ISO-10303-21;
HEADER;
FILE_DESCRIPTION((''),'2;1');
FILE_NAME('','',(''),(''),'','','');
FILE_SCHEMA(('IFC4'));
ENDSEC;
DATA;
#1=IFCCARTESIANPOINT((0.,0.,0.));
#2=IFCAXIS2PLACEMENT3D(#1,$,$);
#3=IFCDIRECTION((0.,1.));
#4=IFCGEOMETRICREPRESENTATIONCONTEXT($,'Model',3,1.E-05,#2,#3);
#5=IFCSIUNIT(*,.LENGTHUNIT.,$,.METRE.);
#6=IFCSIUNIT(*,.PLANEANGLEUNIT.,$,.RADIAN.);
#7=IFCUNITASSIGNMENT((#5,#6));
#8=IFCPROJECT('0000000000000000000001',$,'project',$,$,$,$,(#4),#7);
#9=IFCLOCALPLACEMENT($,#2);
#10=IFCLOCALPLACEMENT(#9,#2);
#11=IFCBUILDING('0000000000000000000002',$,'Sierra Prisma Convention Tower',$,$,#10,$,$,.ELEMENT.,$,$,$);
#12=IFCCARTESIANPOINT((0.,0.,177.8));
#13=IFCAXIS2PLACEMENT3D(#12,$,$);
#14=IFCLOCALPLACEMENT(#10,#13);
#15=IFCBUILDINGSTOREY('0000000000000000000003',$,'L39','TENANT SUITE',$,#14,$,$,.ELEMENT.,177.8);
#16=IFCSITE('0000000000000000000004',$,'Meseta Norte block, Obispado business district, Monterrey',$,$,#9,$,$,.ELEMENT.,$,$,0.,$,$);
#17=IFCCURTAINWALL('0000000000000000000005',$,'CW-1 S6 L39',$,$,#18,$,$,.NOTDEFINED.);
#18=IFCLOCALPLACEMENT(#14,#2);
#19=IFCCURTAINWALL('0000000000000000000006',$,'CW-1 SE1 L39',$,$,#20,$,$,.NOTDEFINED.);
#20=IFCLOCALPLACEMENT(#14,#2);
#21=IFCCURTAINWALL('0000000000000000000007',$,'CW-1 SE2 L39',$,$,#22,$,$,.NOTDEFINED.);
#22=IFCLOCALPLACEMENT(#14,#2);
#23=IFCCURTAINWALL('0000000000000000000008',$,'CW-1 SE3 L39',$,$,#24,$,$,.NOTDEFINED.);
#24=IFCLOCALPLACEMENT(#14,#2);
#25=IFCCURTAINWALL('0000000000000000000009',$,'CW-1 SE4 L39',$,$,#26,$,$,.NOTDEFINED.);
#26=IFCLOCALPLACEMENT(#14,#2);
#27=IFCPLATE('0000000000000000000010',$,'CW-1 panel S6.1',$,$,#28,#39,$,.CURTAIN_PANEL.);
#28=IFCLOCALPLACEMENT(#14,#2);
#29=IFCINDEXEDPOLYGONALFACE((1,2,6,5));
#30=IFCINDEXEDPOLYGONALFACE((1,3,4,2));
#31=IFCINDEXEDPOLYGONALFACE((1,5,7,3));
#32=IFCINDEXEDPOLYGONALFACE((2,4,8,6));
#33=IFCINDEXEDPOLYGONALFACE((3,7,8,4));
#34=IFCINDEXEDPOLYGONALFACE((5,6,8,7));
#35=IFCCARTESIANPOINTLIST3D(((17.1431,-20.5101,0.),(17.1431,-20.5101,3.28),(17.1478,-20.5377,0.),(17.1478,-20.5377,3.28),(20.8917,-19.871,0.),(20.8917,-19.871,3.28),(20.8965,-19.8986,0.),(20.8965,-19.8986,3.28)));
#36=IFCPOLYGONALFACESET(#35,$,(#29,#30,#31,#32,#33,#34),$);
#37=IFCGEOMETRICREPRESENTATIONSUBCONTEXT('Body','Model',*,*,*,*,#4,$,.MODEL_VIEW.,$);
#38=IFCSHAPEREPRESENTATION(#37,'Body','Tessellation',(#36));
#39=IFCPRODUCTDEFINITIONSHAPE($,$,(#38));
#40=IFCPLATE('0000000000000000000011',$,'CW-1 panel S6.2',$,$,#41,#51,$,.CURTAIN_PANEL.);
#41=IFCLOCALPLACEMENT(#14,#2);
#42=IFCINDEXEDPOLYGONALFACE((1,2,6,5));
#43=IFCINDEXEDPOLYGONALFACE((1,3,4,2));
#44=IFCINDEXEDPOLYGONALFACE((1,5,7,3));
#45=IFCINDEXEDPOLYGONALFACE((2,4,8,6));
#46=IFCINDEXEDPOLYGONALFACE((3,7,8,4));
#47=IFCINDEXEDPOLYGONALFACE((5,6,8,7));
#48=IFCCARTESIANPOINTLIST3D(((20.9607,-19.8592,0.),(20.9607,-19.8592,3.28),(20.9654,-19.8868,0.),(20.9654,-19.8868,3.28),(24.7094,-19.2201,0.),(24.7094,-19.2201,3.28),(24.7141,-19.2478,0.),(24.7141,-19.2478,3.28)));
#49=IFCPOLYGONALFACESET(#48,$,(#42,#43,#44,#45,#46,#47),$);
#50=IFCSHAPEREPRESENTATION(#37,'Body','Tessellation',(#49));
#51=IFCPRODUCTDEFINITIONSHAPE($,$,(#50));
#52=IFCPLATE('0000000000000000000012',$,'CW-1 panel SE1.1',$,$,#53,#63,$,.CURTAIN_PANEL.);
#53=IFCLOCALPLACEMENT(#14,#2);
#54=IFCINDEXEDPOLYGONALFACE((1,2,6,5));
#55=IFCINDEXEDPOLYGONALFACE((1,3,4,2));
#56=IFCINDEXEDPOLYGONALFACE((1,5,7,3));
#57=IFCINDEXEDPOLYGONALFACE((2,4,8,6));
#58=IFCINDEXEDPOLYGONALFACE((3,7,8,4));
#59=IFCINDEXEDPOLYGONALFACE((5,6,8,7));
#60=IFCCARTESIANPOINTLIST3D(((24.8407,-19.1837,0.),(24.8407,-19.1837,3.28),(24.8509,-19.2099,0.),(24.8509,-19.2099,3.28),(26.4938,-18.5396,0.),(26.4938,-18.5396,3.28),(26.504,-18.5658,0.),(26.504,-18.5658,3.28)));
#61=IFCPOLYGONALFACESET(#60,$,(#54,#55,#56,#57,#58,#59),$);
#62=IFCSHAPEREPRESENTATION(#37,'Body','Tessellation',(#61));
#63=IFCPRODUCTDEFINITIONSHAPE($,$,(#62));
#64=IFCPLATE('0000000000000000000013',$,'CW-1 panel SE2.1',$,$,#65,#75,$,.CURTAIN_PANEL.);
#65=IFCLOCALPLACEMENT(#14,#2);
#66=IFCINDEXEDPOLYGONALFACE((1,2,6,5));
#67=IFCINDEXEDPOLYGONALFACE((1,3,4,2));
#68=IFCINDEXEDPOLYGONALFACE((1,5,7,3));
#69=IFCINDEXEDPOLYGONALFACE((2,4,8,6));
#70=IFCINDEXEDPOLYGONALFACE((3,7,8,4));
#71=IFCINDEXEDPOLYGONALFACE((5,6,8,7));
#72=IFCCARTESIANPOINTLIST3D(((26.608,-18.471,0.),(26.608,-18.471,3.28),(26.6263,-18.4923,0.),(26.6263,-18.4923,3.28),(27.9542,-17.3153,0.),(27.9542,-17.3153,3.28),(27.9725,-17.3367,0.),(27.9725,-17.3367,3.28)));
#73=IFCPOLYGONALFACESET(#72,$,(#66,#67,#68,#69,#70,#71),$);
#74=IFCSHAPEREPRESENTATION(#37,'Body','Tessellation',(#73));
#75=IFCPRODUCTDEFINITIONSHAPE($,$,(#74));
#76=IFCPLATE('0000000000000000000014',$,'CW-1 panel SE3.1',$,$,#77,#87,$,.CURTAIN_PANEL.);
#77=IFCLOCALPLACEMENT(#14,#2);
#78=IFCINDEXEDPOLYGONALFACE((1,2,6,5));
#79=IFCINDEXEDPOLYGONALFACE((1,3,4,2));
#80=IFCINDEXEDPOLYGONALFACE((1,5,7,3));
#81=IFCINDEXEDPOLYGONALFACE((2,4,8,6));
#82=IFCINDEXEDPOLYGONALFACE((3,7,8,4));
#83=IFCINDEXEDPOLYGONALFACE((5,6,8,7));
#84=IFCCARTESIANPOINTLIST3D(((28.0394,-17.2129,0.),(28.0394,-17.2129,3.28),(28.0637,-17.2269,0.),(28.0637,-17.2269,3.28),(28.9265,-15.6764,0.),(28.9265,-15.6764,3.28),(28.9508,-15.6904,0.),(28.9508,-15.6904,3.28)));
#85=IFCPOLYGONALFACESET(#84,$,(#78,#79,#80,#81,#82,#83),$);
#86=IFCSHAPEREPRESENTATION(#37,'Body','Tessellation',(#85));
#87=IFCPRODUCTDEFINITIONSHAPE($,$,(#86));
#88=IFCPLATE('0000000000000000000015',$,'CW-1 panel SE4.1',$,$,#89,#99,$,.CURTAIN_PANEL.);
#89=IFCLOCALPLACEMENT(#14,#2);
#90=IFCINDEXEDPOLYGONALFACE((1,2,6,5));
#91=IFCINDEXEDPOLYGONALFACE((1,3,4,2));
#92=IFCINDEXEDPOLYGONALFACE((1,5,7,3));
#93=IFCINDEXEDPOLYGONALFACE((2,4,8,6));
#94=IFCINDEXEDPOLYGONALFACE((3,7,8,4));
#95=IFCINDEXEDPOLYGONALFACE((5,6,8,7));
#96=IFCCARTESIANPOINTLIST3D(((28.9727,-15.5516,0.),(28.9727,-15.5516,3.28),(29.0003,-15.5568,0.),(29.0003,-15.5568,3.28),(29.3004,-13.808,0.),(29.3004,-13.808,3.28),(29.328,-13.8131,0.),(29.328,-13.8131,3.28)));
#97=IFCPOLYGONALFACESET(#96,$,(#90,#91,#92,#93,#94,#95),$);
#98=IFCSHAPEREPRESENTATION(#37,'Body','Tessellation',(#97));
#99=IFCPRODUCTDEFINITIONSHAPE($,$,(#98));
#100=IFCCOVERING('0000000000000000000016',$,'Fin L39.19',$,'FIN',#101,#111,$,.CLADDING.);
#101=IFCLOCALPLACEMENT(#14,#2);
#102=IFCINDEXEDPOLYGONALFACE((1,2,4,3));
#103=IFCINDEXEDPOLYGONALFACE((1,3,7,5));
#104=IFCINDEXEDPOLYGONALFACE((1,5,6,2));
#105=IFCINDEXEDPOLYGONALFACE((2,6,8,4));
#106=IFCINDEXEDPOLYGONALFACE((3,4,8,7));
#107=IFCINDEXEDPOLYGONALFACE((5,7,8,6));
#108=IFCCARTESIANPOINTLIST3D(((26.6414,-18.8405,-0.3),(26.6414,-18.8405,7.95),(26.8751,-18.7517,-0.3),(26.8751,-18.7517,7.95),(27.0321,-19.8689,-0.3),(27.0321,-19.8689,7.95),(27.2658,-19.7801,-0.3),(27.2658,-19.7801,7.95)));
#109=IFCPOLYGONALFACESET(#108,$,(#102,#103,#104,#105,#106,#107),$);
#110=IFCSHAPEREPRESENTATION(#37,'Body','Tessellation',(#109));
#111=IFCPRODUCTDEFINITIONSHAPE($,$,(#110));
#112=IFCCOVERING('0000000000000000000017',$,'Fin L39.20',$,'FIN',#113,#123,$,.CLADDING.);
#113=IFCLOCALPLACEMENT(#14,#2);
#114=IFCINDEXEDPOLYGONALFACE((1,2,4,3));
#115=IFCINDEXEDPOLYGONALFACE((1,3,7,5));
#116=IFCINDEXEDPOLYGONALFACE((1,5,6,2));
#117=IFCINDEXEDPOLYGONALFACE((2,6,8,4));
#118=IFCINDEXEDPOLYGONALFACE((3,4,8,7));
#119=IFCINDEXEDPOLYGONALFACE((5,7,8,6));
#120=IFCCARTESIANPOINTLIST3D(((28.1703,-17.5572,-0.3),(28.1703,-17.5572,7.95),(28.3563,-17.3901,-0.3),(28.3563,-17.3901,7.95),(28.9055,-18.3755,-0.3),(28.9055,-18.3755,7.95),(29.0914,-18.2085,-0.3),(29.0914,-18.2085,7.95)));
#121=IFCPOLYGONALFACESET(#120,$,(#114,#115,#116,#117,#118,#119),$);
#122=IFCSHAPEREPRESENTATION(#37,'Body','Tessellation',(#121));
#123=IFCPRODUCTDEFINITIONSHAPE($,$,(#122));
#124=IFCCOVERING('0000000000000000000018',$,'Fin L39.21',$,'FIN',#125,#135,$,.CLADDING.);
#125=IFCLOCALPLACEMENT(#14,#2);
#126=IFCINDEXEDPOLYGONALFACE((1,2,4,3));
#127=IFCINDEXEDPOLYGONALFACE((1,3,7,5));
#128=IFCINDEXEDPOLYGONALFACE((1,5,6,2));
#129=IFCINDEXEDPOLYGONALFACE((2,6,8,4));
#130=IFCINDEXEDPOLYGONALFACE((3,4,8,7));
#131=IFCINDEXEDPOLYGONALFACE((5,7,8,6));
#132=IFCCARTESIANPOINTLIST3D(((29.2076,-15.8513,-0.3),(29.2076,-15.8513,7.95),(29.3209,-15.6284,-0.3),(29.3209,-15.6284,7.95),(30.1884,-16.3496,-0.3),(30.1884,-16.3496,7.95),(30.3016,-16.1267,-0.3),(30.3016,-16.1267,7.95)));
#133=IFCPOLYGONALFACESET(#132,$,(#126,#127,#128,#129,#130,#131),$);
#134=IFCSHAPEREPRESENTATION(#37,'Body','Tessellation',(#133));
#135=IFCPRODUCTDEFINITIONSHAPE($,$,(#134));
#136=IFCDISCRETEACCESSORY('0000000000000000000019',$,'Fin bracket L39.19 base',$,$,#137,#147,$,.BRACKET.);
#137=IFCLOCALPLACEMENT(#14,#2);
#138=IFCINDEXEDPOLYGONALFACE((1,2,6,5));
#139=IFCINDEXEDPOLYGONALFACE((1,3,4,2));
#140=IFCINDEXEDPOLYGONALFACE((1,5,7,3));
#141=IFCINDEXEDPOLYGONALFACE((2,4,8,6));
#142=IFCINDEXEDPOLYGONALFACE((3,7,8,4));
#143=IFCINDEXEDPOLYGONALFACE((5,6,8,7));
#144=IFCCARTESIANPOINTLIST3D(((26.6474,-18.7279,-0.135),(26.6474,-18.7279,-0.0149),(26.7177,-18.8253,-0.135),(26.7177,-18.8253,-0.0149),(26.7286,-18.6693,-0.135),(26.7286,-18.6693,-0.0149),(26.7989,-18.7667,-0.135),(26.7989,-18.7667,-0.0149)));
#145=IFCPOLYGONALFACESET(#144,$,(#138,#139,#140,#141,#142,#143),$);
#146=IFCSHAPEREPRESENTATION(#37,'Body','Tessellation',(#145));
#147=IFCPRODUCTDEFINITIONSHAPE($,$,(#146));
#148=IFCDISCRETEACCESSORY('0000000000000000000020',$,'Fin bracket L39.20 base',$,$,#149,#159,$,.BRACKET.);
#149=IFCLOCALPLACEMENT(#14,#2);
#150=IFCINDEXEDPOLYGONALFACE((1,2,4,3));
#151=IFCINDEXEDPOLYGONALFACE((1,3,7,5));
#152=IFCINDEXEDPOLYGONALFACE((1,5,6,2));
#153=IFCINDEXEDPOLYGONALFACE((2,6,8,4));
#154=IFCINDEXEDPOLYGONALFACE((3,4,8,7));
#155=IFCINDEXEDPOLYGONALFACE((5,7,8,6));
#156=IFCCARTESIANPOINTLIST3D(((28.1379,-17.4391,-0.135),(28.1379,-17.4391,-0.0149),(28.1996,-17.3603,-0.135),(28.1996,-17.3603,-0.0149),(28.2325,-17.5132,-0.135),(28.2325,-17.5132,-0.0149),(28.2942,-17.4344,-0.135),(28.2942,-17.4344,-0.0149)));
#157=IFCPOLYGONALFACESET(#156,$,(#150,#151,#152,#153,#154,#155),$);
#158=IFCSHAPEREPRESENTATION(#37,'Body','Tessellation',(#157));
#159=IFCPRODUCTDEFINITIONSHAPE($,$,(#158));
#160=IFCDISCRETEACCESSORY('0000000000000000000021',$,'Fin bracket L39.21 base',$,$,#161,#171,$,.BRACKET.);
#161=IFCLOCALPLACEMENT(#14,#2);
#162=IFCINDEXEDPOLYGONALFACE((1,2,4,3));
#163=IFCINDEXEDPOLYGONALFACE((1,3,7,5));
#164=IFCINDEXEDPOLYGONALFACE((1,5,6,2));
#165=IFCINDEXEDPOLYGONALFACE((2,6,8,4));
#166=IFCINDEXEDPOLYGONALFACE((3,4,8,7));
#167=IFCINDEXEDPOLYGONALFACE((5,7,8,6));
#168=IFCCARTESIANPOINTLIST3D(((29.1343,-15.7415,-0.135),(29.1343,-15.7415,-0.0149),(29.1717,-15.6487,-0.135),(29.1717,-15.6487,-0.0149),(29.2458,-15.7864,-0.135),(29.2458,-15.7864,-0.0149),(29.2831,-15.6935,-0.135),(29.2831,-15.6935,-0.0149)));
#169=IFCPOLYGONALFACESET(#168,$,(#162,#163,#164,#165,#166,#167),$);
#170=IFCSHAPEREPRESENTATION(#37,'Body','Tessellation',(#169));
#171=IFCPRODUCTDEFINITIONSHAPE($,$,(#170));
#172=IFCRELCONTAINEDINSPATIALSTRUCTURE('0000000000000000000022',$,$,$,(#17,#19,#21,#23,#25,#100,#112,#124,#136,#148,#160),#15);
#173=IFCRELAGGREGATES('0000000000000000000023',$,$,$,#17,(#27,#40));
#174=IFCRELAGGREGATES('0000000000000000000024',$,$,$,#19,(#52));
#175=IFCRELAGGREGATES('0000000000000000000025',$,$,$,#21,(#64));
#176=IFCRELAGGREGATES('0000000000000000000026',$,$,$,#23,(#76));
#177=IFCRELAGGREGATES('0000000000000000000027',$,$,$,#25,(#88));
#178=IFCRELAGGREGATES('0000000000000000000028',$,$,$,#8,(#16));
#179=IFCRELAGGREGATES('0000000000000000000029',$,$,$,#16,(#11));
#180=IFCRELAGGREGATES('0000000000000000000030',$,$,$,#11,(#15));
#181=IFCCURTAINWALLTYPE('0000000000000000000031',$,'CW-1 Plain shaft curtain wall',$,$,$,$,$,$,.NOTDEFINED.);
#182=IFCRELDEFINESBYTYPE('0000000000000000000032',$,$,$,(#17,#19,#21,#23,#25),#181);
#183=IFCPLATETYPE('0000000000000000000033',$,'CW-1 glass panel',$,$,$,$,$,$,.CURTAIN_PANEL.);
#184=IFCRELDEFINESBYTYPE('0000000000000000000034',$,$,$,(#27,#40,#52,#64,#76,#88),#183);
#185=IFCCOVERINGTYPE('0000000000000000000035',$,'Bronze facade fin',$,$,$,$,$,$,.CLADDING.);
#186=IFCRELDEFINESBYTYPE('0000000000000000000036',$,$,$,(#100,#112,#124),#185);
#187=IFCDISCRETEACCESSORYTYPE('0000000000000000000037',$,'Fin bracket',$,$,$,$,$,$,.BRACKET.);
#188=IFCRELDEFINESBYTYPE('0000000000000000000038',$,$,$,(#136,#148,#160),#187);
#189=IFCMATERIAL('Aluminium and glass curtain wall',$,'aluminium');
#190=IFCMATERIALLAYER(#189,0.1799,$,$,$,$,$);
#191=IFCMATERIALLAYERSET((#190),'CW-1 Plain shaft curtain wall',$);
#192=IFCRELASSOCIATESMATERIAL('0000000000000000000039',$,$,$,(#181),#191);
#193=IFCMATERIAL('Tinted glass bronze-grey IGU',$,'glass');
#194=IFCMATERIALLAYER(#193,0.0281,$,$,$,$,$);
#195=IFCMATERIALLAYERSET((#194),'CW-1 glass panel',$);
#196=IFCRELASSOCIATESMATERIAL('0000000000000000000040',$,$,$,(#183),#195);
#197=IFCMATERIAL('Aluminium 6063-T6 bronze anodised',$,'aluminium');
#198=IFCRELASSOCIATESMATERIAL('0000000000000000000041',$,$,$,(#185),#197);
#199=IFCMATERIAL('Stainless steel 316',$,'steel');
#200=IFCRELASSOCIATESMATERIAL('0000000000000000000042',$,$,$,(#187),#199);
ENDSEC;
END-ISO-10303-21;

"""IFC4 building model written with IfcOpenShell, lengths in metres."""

from ifc_helpers import new_model, si_unit, direction, frame, origin, origin_2d, place, context, subcontext, project, spatial, rectangle, extrude, material, layer, layer_set, material_profile, profile_set, type_object, element, aggregate, save


model = new_model("IFC4")

# Units and contexts
model_context = context("Model", 3, precision=1e-05, world=origin(), true_north=direction((0.0, 1.0)))
body_context = subcontext(model_context, "Body", "Model", "MODEL_VIEW")
ifc_project = project(units=[si_unit("LENGTHUNIT", "METRE"), si_unit("PLANEANGLEUNIT", "RADIAN")], contexts=[model_context])

# Site, building, storey
site_placement = place(None, origin())
site = spatial("IfcSite", under=ifc_project, at=site_placement, Name="Meseta Norte block, Obispado business district, Monterrey", CompositionType="ELEMENT", RefElevation=0.0)
building_placement = place(site_placement, origin())
building = spatial("IfcBuilding", under=site, at=building_placement, Name="Sierra Prisma Convention Tower", CompositionType="ELEMENT")
storey_placement = place(building_placement, frame((0.0, 0.0, 177.8)))
storey = spatial("IfcBuildingStorey", under=building, at=storey_placement, Name="L39", Description="TENANT SUITE", CompositionType="ELEMENT", Elevation=177.8)

# Curtain walls
ifc_material_1 = material(Name="Aluminium and glass curtain wall", Category="aluminium")
ifc_layer_1 = layer(ifc_material_1, 0.1799)
ifc_layer_set_1 = layer_set([ifc_layer_1], Name="CW-1 Plain shaft curtain wall")
curtain_wall_type = type_object("IfcCurtainWallType", Name="CW-1 Plain shaft curtain wall", PredefinedType="NOTDEFINED", material=ifc_layer_set_1)
curtain_wall_1_placement = place(storey_placement, origin())
curtain_wall_1 = element("IfcCurtainWall", 1, at=curtain_wall_1_placement, inside=storey, type_object=curtain_wall_type, Name="CW-1 S6 L39", PredefinedType="NOTDEFINED")
curtain_wall_2_placement = place(storey_placement, origin())
curtain_wall_2 = element("IfcCurtainWall", 2, at=curtain_wall_2_placement, inside=storey, type_object=curtain_wall_type, Name="CW-1 SE1 L39", PredefinedType="NOTDEFINED")
curtain_wall_3_placement = place(storey_placement, origin())
curtain_wall_3 = element("IfcCurtainWall", 3, at=curtain_wall_3_placement, inside=storey, type_object=curtain_wall_type, Name="CW-1 SE2 L39", PredefinedType="NOTDEFINED")
curtain_wall_4_placement = place(storey_placement, origin())
curtain_wall_4 = element("IfcCurtainWall", 4, at=curtain_wall_4_placement, inside=storey, type_object=curtain_wall_type, Name="CW-1 SE3 L39", PredefinedType="NOTDEFINED")
curtain_wall_5_placement = place(storey_placement, origin())
curtain_wall_5 = element("IfcCurtainWall", 5, at=curtain_wall_5_placement, inside=storey, type_object=curtain_wall_type, Name="CW-1 SE4 L39", PredefinedType="NOTDEFINED")

# Plates
ifc_material_2 = material(Name="Tinted glass bronze-grey IGU", Category="glass")
ifc_layer_2 = layer(ifc_material_2, 0.0281)
ifc_layer_set_2 = layer_set([ifc_layer_2], Name="CW-1 glass panel")
plate_type = type_object("IfcPlateType", Name="CW-1 glass panel", PredefinedType="CURTAIN_PANEL", material=ifc_layer_set_2)
plate_1_placement = place(storey_placement, frame((19.0198, -20.2043, 0.0), z_axis=(0.0, 0.0, 1.0), x_axis=(0.985777, 0.16806, 0.0)))
plate_1 = element("IfcPlate", 6, at=plate_1_placement, type_object=plate_type, Name="CW-1 panel S6.1", PredefinedType="CURTAIN_PANEL", context=body_context, shape_type="SweptSolid", body=[
    extrude(rectangle(XDim=3.8027, YDim=0.0281, at=origin_2d()), origin(), (0.0, 0.0, 1.0), 3.28),
])
plate_2_placement = place(storey_placement, frame((22.8374, -19.5535, 0.0), z_axis=(0.0, 0.0, 1.0), x_axis=(0.985777, 0.16806, 0.0)))
plate_2 = element("IfcPlate", 7, at=plate_2_placement, type_object=plate_type, Name="CW-1 panel S6.2", PredefinedType="CURTAIN_PANEL", context=body_context, shape_type="SweptSolid", body=[
    extrude(rectangle(XDim=3.8027, YDim=0.0281, at=origin_2d()), origin(), (0.0, 0.0, 1.0), 3.28),
])
aggregate(curtain_wall_1, [plate_1, plate_2])
plate_3_placement = place(storey_placement, frame((25.6724, -18.8748, 0.0), z_axis=(0.0, 0.0, 1.0), x_axis=(0.931767, 0.363057, 0.0)))
plate_3 = element("IfcPlate", 8, at=plate_3_placement, type_object=plate_type, Name="CW-1 panel SE1.1", PredefinedType="CURTAIN_PANEL", context=body_context, shape_type="SweptSolid", body=[
    extrude(rectangle(XDim=1.7742, YDim=0.0281, at=origin_2d()), origin(), (0.0, 0.0, 1.0), 3.28),
])
aggregate(curtain_wall_2, [plate_3])
plate_4_placement = place(storey_placement, frame((27.2903, -17.9038, 0.0), z_axis=(0.0, 0.0, 1.0), x_axis=(0.758771, 0.651357, 0.0)))
plate_4 = element("IfcPlate", 9, at=plate_4_placement, type_object=plate_type, Name="CW-1 panel SE2.1", PredefinedType="CURTAIN_PANEL", context=body_context, shape_type="SweptSolid", body=[
    extrude(rectangle(XDim=1.7742, YDim=0.0281, at=origin_2d()), origin(), (0.0, 0.0, 1.0), 3.28),
])
aggregate(curtain_wall_3, [plate_4])
plate_5_placement = place(storey_placement, frame((28.4951, -16.4517, 0.0), z_axis=(0.0, 0.0, 1.0), x_axis=(0.5, 0.866025, 0.0)))
plate_5 = element("IfcPlate", 10, at=plate_5_placement, type_object=plate_type, Name="CW-1 panel SE3.1", PredefinedType="CURTAIN_PANEL", context=body_context, shape_type="SweptSolid", body=[
    extrude(rectangle(XDim=1.7742, YDim=0.0281, at=origin_2d()), origin(), (0.0, 0.0, 1.0), 3.28),
])
aggregate(curtain_wall_4, [plate_5])
plate_6_placement = place(storey_placement, frame((29.1504, -14.6824, 0.0), z_axis=(0.0, 0.0, 1.0), x_axis=(0.184707, 0.982794, 0.0)))
plate_6 = element("IfcPlate", 11, at=plate_6_placement, type_object=plate_type, Name="CW-1 panel SE4.1", PredefinedType="CURTAIN_PANEL", context=body_context, shape_type="SweptSolid", body=[
    extrude(rectangle(XDim=1.7742, YDim=0.0281, at=origin_2d()), origin(), (0.0, 0.0, 1.0), 3.28),
])
aggregate(curtain_wall_5, [plate_6])

# Coverings
ifc_material_3 = material(Name="Aluminium 6063-T6 bronze anodised", Category="aluminium")
ifc_material_profile_1 = material_profile(ifc_material_3, rectangle(XDim=1.1001, YDim=0.25, at=origin_2d()), Name="ALU FIN 1100x250")
ifc_profile_set_1 = profile_set([ifc_material_profile_1], Name="Aluminium 6063-T6 bronze anodised")
covering_type = type_object("IfcCoveringType", Name="Bronze facade fin", PredefinedType="CLADDING", material=ifc_profile_set_1)
for number, where, z_axis, x_axis, name in (
    (12, (26.9536, -19.3103, -0.3), (0.0, 0.0, 1.0), (0.355189, -0.934795, 0.0), "Fin L39.19"),
    (13, (28.6309, -17.8828, -0.3), (0.0, 0.0, 1.0), (0.668287, -0.743903, 0.0), "Fin L39.20"),
    (14, (29.7546, -15.989, -0.3), (0.0, 0.0, 1.0), (0.891521, -0.45298, 0.0), "Fin L39.21"),
):
    element("IfcCovering", number, at=place(storey_placement, frame(where, z_axis=z_axis, x_axis=x_axis)), inside=storey, type_object=covering_type, Name=name, ObjectType="FIN", PredefinedType="CLADDING", context=body_context, shape_type="SweptSolid", body=[
        extrude(rectangle(XDim=1.1001, YDim=0.25, at=origin_2d()), origin(), (0.0, 0.0, 1.0), 8.25),
    ])

# Discrete accessories
ifc_material_4 = material(Name="Stainless steel 316", Category="steel")
discrete_accessory_type = type_object("IfcDiscreteAccessoryType", Name="Fin bracket", PredefinedType="BRACKET", material=ifc_material_4)
for number, where, z_axis, x_axis, name in (
    (15, (26.7231, -18.7473, -0.135), (0.0, 0.0, 1.0), (0.585029, -0.811012, 0.0), "Fin bracket L39.19 base"),
    (16, (28.2161, -17.4368, -0.135), (0.0, 0.0, 1.0), (0.787312, -0.616555, 0.0), "Fin bracket L39.20 base"),
    (17, (29.2087, -15.7175, -0.135), (0.0, 0.0, 1.0), (0.927608, -0.373555, 0.0), "Fin bracket L39.21 base"),
):
    element("IfcDiscreteAccessory", number, at=place(storey_placement, frame(where, z_axis=z_axis, x_axis=x_axis)), inside=storey, type_object=discrete_accessory_type, Name=name, PredefinedType="BRACKET", context=body_context, shape_type="SweptSolid", body=[
        extrude(rectangle(XDim=0.1201, YDim=0.1001, at=origin_2d()), origin(), (0.0, 0.0, 1.0), 0.1201),
    ])

save(model, "model.ifc")
